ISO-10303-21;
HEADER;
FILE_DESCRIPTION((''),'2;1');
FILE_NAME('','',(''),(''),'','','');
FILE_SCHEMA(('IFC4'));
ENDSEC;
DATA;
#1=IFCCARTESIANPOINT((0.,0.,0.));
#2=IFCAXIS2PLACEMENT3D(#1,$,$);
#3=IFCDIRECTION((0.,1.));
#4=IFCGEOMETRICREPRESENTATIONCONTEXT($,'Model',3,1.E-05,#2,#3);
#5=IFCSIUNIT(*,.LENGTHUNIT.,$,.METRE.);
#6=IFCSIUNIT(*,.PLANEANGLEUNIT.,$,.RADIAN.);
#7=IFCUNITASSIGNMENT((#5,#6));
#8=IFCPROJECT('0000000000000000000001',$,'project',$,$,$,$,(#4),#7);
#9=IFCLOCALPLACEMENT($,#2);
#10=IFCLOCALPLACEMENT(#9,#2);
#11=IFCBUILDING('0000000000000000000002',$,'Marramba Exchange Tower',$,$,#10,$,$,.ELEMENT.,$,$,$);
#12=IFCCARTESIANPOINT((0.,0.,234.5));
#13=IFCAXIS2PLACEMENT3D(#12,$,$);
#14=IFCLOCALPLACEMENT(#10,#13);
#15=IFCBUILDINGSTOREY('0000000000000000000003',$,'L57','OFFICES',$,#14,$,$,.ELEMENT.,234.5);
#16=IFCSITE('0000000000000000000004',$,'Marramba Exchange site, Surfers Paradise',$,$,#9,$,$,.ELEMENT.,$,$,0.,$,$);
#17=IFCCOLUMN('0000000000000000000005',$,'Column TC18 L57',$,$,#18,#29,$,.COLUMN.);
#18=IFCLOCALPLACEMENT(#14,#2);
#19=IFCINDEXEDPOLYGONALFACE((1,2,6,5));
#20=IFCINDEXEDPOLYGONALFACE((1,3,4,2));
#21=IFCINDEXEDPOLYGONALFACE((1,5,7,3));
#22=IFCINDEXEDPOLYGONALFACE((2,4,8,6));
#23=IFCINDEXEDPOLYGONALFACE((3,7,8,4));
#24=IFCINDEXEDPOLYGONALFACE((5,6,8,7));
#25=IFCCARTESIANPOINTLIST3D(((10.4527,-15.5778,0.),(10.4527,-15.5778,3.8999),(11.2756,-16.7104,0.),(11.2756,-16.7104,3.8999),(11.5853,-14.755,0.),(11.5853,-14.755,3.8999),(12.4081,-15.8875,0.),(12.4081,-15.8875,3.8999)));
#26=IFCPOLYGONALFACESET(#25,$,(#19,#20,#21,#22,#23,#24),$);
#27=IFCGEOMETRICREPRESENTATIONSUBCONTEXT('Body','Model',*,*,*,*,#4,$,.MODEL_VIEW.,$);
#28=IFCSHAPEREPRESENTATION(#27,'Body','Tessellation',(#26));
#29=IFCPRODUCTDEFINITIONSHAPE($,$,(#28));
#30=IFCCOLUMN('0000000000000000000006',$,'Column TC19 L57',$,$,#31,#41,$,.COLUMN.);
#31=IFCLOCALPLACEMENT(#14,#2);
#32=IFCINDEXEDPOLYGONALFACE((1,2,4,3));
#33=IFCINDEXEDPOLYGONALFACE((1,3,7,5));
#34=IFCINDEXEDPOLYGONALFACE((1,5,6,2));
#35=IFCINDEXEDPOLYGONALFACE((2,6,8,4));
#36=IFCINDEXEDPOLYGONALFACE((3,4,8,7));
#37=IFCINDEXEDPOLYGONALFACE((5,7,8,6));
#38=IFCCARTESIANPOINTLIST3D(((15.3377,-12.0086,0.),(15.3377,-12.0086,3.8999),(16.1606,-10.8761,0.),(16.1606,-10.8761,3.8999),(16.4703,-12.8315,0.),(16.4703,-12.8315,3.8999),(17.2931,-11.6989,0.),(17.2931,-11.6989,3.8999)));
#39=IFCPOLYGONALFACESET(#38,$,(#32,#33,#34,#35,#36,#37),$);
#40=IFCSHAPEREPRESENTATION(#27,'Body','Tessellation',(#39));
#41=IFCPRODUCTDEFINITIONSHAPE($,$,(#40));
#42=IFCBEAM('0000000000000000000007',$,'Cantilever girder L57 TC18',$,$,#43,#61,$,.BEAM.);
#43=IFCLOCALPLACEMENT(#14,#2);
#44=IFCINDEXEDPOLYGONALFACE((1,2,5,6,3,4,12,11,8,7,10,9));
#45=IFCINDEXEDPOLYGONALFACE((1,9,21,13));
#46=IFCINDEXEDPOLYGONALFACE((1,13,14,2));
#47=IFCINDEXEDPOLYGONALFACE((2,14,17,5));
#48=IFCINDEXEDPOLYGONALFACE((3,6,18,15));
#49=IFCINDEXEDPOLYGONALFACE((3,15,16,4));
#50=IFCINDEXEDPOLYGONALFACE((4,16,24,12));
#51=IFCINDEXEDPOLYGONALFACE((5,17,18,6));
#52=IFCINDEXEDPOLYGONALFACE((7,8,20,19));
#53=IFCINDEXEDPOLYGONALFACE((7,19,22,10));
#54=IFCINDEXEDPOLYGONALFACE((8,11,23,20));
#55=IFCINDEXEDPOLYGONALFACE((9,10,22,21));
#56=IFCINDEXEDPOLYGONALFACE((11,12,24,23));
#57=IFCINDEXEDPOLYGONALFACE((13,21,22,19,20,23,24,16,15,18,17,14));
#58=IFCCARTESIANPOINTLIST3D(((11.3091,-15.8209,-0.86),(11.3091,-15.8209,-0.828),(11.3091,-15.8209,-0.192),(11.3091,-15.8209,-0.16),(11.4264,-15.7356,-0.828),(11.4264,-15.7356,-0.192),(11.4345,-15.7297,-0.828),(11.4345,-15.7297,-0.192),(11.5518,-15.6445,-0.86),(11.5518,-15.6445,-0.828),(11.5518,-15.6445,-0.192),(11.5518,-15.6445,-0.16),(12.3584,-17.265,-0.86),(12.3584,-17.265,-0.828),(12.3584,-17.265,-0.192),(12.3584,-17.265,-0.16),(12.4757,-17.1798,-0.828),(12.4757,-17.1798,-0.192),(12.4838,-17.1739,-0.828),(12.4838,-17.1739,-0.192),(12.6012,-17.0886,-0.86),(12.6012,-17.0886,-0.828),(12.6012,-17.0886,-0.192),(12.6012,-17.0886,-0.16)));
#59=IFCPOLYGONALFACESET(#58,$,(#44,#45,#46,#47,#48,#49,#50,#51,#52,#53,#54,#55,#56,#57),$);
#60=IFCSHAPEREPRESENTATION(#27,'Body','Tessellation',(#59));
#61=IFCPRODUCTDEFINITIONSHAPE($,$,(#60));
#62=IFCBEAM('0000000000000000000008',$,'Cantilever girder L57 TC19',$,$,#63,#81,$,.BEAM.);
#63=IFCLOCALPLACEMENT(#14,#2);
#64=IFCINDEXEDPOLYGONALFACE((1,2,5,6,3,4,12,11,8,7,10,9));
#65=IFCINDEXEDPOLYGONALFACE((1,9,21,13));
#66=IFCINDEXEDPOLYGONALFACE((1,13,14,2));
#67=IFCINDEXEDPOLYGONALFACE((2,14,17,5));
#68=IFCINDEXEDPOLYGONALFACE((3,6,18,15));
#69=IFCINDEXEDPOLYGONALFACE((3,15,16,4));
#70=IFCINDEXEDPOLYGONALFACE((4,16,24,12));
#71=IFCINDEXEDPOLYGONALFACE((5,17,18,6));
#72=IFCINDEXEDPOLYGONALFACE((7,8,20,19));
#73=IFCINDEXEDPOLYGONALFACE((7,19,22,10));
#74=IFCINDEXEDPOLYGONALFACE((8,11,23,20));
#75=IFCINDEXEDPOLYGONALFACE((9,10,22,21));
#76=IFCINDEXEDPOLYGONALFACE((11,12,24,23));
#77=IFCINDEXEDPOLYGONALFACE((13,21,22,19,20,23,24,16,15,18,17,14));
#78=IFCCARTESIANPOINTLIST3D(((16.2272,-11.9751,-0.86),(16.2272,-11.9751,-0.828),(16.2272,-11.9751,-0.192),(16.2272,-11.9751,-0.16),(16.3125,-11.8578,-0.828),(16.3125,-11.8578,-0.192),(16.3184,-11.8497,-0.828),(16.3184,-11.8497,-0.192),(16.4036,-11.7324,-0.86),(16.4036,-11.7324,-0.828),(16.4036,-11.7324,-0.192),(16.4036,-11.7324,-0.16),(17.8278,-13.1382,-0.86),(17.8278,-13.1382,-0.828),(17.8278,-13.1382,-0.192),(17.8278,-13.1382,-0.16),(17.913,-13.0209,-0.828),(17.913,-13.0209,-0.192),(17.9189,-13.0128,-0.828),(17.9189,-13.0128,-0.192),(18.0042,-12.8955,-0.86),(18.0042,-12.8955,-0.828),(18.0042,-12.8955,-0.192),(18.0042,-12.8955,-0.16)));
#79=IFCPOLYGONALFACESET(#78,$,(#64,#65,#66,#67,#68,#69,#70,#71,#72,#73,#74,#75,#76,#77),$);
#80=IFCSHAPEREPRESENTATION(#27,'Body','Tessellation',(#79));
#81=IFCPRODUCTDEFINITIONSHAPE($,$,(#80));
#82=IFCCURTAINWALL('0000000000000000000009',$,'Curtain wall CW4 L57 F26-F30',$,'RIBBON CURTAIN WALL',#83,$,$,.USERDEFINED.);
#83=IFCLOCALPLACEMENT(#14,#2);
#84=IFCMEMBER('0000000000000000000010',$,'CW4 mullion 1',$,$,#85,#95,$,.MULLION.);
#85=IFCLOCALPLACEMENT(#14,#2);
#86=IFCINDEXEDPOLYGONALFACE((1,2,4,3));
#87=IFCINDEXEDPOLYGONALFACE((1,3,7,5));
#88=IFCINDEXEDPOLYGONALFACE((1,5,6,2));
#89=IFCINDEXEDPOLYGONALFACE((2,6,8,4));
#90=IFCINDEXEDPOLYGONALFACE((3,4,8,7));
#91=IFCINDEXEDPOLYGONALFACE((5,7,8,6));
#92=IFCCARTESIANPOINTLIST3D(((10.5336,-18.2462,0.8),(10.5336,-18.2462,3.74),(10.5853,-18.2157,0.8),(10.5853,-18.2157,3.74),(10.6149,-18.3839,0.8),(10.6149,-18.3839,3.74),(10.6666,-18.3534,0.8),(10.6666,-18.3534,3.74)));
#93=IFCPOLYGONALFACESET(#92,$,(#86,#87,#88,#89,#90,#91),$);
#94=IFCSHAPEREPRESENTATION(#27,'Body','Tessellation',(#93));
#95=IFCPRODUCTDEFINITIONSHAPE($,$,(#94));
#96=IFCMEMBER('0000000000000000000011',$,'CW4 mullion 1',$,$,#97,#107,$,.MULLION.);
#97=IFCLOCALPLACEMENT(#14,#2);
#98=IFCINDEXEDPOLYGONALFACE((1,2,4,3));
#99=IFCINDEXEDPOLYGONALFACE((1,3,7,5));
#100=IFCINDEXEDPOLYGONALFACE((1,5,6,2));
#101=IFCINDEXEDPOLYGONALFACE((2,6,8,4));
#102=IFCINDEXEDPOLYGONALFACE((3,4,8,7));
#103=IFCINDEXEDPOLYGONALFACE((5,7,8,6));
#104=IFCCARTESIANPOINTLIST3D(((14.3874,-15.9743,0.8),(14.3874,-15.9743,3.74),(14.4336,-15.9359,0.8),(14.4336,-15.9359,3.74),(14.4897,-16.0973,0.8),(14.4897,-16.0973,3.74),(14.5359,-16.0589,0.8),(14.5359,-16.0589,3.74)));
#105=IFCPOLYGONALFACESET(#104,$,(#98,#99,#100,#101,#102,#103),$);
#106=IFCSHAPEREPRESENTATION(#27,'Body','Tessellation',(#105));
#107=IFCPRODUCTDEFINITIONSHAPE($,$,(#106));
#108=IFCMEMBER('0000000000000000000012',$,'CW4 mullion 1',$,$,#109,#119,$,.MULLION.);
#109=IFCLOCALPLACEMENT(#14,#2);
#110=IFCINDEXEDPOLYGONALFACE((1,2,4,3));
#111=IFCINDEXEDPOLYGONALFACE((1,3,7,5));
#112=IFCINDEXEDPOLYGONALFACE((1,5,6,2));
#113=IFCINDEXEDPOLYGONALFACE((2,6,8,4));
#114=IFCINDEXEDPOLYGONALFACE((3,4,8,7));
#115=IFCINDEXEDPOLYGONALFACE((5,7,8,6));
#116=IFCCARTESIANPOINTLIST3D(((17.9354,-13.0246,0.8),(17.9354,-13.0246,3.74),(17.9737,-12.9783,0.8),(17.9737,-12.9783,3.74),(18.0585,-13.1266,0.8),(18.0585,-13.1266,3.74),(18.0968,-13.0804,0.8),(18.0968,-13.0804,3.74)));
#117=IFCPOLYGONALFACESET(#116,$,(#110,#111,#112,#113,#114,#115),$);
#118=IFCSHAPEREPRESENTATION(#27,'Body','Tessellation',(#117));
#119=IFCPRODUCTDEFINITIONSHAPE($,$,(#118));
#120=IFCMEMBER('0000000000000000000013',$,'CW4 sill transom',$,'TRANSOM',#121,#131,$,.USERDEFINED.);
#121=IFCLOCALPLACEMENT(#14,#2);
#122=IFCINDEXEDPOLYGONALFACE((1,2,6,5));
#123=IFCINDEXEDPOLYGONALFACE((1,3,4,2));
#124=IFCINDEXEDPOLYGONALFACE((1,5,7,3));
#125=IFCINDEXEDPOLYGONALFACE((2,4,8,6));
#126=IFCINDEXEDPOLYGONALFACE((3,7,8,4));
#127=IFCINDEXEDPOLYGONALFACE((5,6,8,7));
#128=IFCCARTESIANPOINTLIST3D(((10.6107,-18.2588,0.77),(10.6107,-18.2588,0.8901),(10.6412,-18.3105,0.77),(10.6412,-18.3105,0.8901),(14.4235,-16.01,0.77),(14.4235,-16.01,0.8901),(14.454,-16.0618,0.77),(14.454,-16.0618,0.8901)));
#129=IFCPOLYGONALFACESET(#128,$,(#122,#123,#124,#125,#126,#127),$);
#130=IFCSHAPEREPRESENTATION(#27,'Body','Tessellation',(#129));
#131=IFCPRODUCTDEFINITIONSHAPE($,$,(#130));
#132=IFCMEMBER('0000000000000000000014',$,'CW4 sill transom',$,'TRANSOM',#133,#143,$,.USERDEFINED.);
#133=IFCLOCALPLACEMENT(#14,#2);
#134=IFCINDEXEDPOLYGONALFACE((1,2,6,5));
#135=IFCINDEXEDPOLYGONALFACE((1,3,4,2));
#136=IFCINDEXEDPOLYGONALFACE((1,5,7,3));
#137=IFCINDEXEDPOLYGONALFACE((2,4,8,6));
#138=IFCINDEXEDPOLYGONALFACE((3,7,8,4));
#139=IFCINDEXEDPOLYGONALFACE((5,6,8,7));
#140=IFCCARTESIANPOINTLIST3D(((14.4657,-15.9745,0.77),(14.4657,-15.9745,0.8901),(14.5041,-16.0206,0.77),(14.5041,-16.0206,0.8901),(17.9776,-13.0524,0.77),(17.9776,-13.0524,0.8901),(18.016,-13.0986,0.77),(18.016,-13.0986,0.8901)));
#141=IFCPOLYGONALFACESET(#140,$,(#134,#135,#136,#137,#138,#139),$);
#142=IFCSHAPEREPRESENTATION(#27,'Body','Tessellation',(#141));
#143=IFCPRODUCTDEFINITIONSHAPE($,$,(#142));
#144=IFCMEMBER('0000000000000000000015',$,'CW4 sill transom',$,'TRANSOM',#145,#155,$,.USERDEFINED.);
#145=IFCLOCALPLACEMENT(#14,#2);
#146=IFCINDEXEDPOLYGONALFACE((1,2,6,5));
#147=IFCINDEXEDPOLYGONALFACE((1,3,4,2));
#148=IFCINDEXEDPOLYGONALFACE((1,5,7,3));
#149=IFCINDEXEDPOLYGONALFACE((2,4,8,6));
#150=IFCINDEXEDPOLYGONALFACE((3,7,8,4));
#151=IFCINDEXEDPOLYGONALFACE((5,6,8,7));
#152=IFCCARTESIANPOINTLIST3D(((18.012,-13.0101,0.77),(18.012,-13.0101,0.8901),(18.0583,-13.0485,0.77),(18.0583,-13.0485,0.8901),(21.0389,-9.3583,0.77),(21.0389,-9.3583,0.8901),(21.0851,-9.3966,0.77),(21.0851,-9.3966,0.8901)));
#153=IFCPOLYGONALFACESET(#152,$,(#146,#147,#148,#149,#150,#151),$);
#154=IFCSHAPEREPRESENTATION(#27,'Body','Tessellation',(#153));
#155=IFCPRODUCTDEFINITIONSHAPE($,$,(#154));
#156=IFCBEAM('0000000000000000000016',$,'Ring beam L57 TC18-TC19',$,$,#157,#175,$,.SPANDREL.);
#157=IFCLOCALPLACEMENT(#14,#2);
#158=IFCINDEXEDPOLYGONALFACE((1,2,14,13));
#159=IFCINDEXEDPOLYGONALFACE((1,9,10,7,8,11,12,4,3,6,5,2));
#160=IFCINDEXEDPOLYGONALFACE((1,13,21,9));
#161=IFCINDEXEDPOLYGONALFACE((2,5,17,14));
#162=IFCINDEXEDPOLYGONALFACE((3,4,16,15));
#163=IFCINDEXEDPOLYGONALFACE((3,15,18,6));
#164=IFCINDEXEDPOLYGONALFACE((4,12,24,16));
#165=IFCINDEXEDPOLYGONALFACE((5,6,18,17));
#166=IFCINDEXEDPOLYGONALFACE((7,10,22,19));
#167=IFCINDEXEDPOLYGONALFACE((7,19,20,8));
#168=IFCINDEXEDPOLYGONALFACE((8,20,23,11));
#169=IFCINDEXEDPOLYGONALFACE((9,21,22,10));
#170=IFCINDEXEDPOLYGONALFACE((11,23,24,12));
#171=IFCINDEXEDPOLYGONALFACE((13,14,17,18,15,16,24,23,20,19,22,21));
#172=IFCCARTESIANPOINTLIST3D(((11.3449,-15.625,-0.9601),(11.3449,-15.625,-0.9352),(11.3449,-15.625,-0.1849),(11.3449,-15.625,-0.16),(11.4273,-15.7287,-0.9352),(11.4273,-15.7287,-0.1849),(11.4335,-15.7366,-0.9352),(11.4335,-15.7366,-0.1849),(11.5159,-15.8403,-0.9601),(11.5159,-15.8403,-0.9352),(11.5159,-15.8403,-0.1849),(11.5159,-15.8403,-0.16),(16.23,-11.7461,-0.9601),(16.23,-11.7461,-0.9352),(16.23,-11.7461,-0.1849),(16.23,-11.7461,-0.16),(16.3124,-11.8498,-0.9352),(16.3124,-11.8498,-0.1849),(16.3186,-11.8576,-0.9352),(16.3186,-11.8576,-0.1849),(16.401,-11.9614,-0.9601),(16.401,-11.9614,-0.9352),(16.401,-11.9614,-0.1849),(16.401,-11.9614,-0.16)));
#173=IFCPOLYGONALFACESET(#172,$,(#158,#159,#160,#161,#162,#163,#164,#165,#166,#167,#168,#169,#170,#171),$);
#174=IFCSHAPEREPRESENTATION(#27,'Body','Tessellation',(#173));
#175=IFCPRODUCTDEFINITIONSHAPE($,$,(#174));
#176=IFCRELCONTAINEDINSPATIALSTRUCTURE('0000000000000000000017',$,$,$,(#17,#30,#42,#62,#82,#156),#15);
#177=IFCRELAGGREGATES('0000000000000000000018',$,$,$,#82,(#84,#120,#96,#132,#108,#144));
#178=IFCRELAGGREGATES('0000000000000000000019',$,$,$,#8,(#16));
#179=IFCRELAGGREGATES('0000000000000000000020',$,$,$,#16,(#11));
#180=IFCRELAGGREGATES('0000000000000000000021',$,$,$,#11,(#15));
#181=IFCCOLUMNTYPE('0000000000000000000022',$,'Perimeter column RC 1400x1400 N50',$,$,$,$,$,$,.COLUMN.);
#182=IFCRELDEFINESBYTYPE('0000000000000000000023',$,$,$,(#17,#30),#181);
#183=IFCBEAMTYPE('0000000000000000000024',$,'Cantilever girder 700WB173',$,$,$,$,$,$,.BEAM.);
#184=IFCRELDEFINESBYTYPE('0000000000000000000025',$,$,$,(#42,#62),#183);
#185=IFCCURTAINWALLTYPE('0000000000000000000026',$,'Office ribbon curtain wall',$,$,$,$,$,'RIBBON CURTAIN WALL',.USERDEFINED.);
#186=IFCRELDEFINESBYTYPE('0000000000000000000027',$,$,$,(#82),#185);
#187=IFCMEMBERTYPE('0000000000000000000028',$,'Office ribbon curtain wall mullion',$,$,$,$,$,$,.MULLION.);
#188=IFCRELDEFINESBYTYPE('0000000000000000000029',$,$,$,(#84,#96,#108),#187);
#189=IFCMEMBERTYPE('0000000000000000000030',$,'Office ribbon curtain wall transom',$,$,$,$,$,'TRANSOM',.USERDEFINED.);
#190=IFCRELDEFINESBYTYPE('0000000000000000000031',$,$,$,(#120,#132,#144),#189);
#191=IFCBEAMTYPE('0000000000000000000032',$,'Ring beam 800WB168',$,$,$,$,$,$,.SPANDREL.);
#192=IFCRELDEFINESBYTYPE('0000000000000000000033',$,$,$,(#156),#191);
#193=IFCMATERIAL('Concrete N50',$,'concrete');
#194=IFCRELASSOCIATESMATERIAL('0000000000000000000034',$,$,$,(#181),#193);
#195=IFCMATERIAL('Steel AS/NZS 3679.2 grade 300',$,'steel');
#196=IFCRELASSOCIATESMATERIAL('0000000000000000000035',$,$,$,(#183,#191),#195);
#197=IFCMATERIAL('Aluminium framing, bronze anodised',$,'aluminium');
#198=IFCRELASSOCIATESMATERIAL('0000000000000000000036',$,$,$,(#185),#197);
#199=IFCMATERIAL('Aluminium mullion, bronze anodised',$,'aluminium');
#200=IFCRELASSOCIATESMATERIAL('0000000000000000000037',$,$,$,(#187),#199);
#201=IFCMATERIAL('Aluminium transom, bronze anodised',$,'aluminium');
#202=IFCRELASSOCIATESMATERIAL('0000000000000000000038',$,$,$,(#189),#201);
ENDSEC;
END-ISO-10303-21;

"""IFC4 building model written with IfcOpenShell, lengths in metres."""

from ifc_helpers import new_model, si_unit, direction, frame, origin, origin_2d, place, context, subcontext, project, spatial, rectangle, i_section, extrude, material, material_profile, profile_set, type_object, element, aggregate, save


model = new_model("IFC4")

# Units and contexts
model_context = context("Model", 3, precision=1e-05, world=origin(), true_north=direction((0.0, 1.0)))
body_context = subcontext(model_context, "Body", "Model", "MODEL_VIEW")
ifc_project = project(units=[si_unit("LENGTHUNIT", "METRE"), si_unit("PLANEANGLEUNIT", "RADIAN")], contexts=[model_context])

# Site, building, storey
site_placement = place(None, origin())
site = spatial("IfcSite", under=ifc_project, at=site_placement, Name="Marramba Exchange site, Surfers Paradise", CompositionType="ELEMENT", RefElevation=0.0)
building_placement = place(site_placement, origin())
building = spatial("IfcBuilding", under=site, at=building_placement, Name="Marramba Exchange Tower", CompositionType="ELEMENT")
storey_placement = place(building_placement, frame((0.0, 0.0, 234.5)))
storey = spatial("IfcBuildingStorey", under=building, at=storey_placement, Name="L57", Description="OFFICES", CompositionType="ELEMENT", Elevation=234.5)

# Columns
ifc_material_1 = material(Name="Concrete N50", Category="concrete")
ifc_material_profile_1 = material_profile(ifc_material_1, rectangle(XDim=1.3999, YDim=1.3999, at=origin_2d()), Name="RC 1400x1400")
ifc_profile_set_1 = profile_set([ifc_material_profile_1], Name="Concrete N50")
column_type = type_object("IfcColumnType", Name="Perimeter column RC 1400x1400 N50", PredefinedType="COLUMN", material=ifc_profile_set_1)
for number, where, z_axis, x_axis, name in (
    (1, (11.4304, -15.7327, 0.0), (0.0, 0.0, 1.0), (0.587785, -0.809017, 0.0), "Column TC18 L57"),
    (2, (16.3154, -11.8538, 0.0), (0.0, 0.0, 1.0), (0.809017, -0.587785, 0.0), "Column TC19 L57"),
):
    element("IfcColumn", number, at=place(storey_placement, frame(where, z_axis=z_axis, x_axis=x_axis)), inside=storey, type_object=column_type, Name=name, PredefinedType="COLUMN", context=body_context, shape_type="SweptSolid", body=[
        extrude(rectangle(XDim=1.3999, YDim=1.3999, at=origin_2d()), origin(), (0.0, 0.0, 1.0), 3.8999),
    ])

# Beams
ifc_material_2 = material(Name="Steel AS/NZS 3679.2 grade 300", Category="steel")
ifc_material_profile_2 = material_profile(ifc_material_2, i_section(OverallWidth=0.3, OverallDepth=0.7, WebThickness=0.01, FlangeThickness=0.032, at=origin_2d()), Name="700WB173")
ifc_profile_set_2 = profile_set([ifc_material_profile_2], Name="Steel AS/NZS 3679.2 grade 300")
beam_type_1 = type_object("IfcBeamType", Name="Cantilever girder 700WB173", PredefinedType="BEAM", material=ifc_profile_set_2)
beam_1_placement = place(storey_placement, frame((11.4304, -15.7327, -0.51), z_axis=(0.58783, -0.808984, 0.0), x_axis=(0.808984, 0.58783, 0.0)))
element("IfcBeam", 3, at=beam_1_placement, inside=storey, type_object=beam_type_1, Name="Cantilever girder L57 TC18", PredefinedType="BEAM", context=body_context, shape_type="SweptSolid", body=[
    extrude(i_section(OverallWidth=0.3, OverallDepth=0.7, WebThickness=0.01, FlangeThickness=0.032, at=origin_2d()), origin(), (0.0, 0.0, 1.0), 1.7852),
])
beam_2_placement = place(storey_placement, frame((16.3154, -11.8538, -0.51), z_axis=(0.808971, -0.587849, 0.0), x_axis=(0.587849, 0.808971, 0.0)))
element("IfcBeam", 4, at=beam_2_placement, inside=storey, type_object=beam_type_1, Name="Cantilever girder L57 TC19", PredefinedType="BEAM", context=body_context, shape_type="SweptSolid", body=[
    extrude(i_section(OverallWidth=0.3, OverallDepth=0.7, WebThickness=0.01, FlangeThickness=0.032, at=origin_2d()), origin(), (0.0, 0.0, 1.0), 1.9785),
])

# Curtain wall, members
ifc_material_3 = material(Name="Aluminium framing, bronze anodised", Category="aluminium")
curtain_wall_type = type_object("IfcCurtainWallType", Name="Office ribbon curtain wall", ElementType="RIBBON CURTAIN WALL", PredefinedType="USERDEFINED", material=ifc_material_3)
curtain_wall_placement = place(storey_placement, origin())
curtain_wall = element("IfcCurtainWall", 5, at=curtain_wall_placement, inside=storey, type_object=curtain_wall_type, Name="Curtain wall CW4 L57 F26-F30", ObjectType="RIBBON CURTAIN WALL", PredefinedType="USERDEFINED")
ifc_material_4 = material(Name="Aluminium mullion, bronze anodised", Category="aluminium")
ifc_material_profile_3 = material_profile(ifc_material_4, rectangle(XDim=0.1599, YDim=0.0601, at=origin_2d()), Name="CW4 mullion 60x160")
ifc_profile_set_3 = profile_set([ifc_material_profile_3], Name="Aluminium mullion, bronze anodised")
member_type_1 = type_object("IfcMemberType", Name="Office ribbon curtain wall mullion", PredefinedType="MULLION", material=ifc_profile_set_3)
member_1_placement = place(storey_placement, frame((10.6001, -18.2998, 0.8), z_axis=(0.0, 0.0, 1.0), x_axis=(-0.508011, 0.861351, 0.0)))
member_1 = element("IfcMember", 6, at=member_1_placement, type_object=member_type_1, Name="CW4 mullion 1", PredefinedType="MULLION", context=body_context, shape_type="SweptSolid", body=[
    extrude(rectangle(XDim=0.1599, YDim=0.0601, at=origin_2d()), origin(), (0.0, 0.0, 1.0), 2.9399),
])
member_2_placement = place(storey_placement, frame((14.4617, -16.0166, 0.8), z_axis=(0.0, 0.0, 1.0), x_axis=(-0.639565, 0.768737, 0.0)))
member_2 = element("IfcMember", 7, at=member_2_placement, type_object=member_type_1, Name="CW4 mullion 1", PredefinedType="MULLION", context=body_context, shape_type="SweptSolid", body=[
    extrude(rectangle(XDim=0.1599, YDim=0.0601, at=origin_2d()), origin(), (0.0, 0.0, 1.0), 2.9399),
])
member_3_placement = place(storey_placement, frame((18.0161, -13.0525, 0.8), z_axis=(0.0, 0.0, 1.0), x_axis=(-0.769912, 0.63815, 0.0)))
member_3 = element("IfcMember", 8, at=member_3_placement, type_object=member_type_1, Name="CW4 mullion 1", PredefinedType="MULLION", context=body_context, shape_type="SweptSolid", body=[
    extrude(rectangle(XDim=0.1599, YDim=0.0601, at=origin_2d()), origin(), (0.0, 0.0, 1.0), 2.9399),
])
ifc_material_5 = material(Name="Aluminium transom, bronze anodised", Category="aluminium")
ifc_material_profile_4 = material_profile(ifc_material_5, rectangle(XDim=0.0601, YDim=0.1201, at=origin_2d()), Name="CW4 transom 60x120")
ifc_profile_set_4 = profile_set([ifc_material_profile_4], Name="Aluminium transom, bronze anodised")
member_type_2 = type_object("IfcMemberType", Name="Office ribbon curtain wall transom", ElementType="TRANSOM", PredefinedType="USERDEFINED", material=ifc_profile_set_4)
member_4_placement = place(storey_placement, frame((10.626, -18.2847, 0.8301), z_axis=(0.861342, 0.508025, 0.0), x_axis=(-0.508025, 0.861342, 0.0)))
member_4 = element("IfcMember", 9, at=member_4_placement, type_object=member_type_2, Name="CW4 sill transom", ObjectType="TRANSOM", PredefinedType="USERDEFINED", context=body_context, shape_type="SweptSolid", body=[
    extrude(rectangle(XDim=0.0601, YDim=0.1201, at=origin_2d()), origin(), (0.0, 0.0, 1.0), 4.4265),
])
member_5_placement = place(storey_placement, frame((14.4849, -15.9976, 0.8301), z_axis=(0.768707, 0.639601, 0.0), x_axis=(-0.639601, 0.768707, 0.0)))
member_5 = element("IfcMember", 10, at=member_5_placement, type_object=member_type_2, Name="CW4 sill transom", ObjectType="TRANSOM", PredefinedType="USERDEFINED", context=body_context, shape_type="SweptSolid", body=[
    extrude(rectangle(XDim=0.0601, YDim=0.1201, at=origin_2d()), origin(), (0.0, 0.0, 1.0), 4.5686),
])
member_6_placement = place(storey_placement, frame((18.0352, -13.0293, 0.8301), z_axis=(0.638147, 0.769915, 0.0), x_axis=(-0.769915, 0.638147, 0.0)))
member_6 = element("IfcMember", 11, at=member_6_placement, type_object=member_type_2, Name="CW4 sill transom", ObjectType="TRANSOM", PredefinedType="USERDEFINED", context=body_context, shape_type="SweptSolid", body=[
    extrude(rectangle(XDim=0.0601, YDim=0.1201, at=origin_2d()), origin(), (0.0, 0.0, 1.0), 4.7432),
])

# Beam
ifc_material_profile_5 = material_profile(ifc_material_2, i_section(OverallWidth=0.2749, OverallDepth=0.8, WebThickness=0.01, FlangeThickness=0.0249, at=origin_2d()), Name="800WB168")
ifc_profile_set_5 = profile_set([ifc_material_profile_5], Name="Steel AS/NZS 3679.2 grade 300")
beam_type_2 = type_object("IfcBeamType", Name="Ring beam 800WB168", PredefinedType="SPANDREL", material=ifc_profile_set_5)
beam_3_placement = place(storey_placement, frame((11.4304, -15.7327, -0.5601), z_axis=(0.783139, 0.621846, 0.0), x_axis=(-0.621846, 0.783139, 0.0)))
element("IfcBeam", 12, at=beam_3_placement, inside=storey, type_object=beam_type_2, Name="Ring beam L57 TC18-TC19", PredefinedType="SPANDREL", context=body_context, shape_type="SweptSolid", body=[
    extrude(i_section(OverallWidth=0.2749, OverallDepth=0.8, WebThickness=0.01, FlangeThickness=0.0249, at=origin_2d()), origin(), (0.0, 0.0, 1.0), 6.2378),
])

aggregate(curtain_wall, [member_1, member_4, member_2, member_5, member_3, member_6])

save(model, "model.ifc")
